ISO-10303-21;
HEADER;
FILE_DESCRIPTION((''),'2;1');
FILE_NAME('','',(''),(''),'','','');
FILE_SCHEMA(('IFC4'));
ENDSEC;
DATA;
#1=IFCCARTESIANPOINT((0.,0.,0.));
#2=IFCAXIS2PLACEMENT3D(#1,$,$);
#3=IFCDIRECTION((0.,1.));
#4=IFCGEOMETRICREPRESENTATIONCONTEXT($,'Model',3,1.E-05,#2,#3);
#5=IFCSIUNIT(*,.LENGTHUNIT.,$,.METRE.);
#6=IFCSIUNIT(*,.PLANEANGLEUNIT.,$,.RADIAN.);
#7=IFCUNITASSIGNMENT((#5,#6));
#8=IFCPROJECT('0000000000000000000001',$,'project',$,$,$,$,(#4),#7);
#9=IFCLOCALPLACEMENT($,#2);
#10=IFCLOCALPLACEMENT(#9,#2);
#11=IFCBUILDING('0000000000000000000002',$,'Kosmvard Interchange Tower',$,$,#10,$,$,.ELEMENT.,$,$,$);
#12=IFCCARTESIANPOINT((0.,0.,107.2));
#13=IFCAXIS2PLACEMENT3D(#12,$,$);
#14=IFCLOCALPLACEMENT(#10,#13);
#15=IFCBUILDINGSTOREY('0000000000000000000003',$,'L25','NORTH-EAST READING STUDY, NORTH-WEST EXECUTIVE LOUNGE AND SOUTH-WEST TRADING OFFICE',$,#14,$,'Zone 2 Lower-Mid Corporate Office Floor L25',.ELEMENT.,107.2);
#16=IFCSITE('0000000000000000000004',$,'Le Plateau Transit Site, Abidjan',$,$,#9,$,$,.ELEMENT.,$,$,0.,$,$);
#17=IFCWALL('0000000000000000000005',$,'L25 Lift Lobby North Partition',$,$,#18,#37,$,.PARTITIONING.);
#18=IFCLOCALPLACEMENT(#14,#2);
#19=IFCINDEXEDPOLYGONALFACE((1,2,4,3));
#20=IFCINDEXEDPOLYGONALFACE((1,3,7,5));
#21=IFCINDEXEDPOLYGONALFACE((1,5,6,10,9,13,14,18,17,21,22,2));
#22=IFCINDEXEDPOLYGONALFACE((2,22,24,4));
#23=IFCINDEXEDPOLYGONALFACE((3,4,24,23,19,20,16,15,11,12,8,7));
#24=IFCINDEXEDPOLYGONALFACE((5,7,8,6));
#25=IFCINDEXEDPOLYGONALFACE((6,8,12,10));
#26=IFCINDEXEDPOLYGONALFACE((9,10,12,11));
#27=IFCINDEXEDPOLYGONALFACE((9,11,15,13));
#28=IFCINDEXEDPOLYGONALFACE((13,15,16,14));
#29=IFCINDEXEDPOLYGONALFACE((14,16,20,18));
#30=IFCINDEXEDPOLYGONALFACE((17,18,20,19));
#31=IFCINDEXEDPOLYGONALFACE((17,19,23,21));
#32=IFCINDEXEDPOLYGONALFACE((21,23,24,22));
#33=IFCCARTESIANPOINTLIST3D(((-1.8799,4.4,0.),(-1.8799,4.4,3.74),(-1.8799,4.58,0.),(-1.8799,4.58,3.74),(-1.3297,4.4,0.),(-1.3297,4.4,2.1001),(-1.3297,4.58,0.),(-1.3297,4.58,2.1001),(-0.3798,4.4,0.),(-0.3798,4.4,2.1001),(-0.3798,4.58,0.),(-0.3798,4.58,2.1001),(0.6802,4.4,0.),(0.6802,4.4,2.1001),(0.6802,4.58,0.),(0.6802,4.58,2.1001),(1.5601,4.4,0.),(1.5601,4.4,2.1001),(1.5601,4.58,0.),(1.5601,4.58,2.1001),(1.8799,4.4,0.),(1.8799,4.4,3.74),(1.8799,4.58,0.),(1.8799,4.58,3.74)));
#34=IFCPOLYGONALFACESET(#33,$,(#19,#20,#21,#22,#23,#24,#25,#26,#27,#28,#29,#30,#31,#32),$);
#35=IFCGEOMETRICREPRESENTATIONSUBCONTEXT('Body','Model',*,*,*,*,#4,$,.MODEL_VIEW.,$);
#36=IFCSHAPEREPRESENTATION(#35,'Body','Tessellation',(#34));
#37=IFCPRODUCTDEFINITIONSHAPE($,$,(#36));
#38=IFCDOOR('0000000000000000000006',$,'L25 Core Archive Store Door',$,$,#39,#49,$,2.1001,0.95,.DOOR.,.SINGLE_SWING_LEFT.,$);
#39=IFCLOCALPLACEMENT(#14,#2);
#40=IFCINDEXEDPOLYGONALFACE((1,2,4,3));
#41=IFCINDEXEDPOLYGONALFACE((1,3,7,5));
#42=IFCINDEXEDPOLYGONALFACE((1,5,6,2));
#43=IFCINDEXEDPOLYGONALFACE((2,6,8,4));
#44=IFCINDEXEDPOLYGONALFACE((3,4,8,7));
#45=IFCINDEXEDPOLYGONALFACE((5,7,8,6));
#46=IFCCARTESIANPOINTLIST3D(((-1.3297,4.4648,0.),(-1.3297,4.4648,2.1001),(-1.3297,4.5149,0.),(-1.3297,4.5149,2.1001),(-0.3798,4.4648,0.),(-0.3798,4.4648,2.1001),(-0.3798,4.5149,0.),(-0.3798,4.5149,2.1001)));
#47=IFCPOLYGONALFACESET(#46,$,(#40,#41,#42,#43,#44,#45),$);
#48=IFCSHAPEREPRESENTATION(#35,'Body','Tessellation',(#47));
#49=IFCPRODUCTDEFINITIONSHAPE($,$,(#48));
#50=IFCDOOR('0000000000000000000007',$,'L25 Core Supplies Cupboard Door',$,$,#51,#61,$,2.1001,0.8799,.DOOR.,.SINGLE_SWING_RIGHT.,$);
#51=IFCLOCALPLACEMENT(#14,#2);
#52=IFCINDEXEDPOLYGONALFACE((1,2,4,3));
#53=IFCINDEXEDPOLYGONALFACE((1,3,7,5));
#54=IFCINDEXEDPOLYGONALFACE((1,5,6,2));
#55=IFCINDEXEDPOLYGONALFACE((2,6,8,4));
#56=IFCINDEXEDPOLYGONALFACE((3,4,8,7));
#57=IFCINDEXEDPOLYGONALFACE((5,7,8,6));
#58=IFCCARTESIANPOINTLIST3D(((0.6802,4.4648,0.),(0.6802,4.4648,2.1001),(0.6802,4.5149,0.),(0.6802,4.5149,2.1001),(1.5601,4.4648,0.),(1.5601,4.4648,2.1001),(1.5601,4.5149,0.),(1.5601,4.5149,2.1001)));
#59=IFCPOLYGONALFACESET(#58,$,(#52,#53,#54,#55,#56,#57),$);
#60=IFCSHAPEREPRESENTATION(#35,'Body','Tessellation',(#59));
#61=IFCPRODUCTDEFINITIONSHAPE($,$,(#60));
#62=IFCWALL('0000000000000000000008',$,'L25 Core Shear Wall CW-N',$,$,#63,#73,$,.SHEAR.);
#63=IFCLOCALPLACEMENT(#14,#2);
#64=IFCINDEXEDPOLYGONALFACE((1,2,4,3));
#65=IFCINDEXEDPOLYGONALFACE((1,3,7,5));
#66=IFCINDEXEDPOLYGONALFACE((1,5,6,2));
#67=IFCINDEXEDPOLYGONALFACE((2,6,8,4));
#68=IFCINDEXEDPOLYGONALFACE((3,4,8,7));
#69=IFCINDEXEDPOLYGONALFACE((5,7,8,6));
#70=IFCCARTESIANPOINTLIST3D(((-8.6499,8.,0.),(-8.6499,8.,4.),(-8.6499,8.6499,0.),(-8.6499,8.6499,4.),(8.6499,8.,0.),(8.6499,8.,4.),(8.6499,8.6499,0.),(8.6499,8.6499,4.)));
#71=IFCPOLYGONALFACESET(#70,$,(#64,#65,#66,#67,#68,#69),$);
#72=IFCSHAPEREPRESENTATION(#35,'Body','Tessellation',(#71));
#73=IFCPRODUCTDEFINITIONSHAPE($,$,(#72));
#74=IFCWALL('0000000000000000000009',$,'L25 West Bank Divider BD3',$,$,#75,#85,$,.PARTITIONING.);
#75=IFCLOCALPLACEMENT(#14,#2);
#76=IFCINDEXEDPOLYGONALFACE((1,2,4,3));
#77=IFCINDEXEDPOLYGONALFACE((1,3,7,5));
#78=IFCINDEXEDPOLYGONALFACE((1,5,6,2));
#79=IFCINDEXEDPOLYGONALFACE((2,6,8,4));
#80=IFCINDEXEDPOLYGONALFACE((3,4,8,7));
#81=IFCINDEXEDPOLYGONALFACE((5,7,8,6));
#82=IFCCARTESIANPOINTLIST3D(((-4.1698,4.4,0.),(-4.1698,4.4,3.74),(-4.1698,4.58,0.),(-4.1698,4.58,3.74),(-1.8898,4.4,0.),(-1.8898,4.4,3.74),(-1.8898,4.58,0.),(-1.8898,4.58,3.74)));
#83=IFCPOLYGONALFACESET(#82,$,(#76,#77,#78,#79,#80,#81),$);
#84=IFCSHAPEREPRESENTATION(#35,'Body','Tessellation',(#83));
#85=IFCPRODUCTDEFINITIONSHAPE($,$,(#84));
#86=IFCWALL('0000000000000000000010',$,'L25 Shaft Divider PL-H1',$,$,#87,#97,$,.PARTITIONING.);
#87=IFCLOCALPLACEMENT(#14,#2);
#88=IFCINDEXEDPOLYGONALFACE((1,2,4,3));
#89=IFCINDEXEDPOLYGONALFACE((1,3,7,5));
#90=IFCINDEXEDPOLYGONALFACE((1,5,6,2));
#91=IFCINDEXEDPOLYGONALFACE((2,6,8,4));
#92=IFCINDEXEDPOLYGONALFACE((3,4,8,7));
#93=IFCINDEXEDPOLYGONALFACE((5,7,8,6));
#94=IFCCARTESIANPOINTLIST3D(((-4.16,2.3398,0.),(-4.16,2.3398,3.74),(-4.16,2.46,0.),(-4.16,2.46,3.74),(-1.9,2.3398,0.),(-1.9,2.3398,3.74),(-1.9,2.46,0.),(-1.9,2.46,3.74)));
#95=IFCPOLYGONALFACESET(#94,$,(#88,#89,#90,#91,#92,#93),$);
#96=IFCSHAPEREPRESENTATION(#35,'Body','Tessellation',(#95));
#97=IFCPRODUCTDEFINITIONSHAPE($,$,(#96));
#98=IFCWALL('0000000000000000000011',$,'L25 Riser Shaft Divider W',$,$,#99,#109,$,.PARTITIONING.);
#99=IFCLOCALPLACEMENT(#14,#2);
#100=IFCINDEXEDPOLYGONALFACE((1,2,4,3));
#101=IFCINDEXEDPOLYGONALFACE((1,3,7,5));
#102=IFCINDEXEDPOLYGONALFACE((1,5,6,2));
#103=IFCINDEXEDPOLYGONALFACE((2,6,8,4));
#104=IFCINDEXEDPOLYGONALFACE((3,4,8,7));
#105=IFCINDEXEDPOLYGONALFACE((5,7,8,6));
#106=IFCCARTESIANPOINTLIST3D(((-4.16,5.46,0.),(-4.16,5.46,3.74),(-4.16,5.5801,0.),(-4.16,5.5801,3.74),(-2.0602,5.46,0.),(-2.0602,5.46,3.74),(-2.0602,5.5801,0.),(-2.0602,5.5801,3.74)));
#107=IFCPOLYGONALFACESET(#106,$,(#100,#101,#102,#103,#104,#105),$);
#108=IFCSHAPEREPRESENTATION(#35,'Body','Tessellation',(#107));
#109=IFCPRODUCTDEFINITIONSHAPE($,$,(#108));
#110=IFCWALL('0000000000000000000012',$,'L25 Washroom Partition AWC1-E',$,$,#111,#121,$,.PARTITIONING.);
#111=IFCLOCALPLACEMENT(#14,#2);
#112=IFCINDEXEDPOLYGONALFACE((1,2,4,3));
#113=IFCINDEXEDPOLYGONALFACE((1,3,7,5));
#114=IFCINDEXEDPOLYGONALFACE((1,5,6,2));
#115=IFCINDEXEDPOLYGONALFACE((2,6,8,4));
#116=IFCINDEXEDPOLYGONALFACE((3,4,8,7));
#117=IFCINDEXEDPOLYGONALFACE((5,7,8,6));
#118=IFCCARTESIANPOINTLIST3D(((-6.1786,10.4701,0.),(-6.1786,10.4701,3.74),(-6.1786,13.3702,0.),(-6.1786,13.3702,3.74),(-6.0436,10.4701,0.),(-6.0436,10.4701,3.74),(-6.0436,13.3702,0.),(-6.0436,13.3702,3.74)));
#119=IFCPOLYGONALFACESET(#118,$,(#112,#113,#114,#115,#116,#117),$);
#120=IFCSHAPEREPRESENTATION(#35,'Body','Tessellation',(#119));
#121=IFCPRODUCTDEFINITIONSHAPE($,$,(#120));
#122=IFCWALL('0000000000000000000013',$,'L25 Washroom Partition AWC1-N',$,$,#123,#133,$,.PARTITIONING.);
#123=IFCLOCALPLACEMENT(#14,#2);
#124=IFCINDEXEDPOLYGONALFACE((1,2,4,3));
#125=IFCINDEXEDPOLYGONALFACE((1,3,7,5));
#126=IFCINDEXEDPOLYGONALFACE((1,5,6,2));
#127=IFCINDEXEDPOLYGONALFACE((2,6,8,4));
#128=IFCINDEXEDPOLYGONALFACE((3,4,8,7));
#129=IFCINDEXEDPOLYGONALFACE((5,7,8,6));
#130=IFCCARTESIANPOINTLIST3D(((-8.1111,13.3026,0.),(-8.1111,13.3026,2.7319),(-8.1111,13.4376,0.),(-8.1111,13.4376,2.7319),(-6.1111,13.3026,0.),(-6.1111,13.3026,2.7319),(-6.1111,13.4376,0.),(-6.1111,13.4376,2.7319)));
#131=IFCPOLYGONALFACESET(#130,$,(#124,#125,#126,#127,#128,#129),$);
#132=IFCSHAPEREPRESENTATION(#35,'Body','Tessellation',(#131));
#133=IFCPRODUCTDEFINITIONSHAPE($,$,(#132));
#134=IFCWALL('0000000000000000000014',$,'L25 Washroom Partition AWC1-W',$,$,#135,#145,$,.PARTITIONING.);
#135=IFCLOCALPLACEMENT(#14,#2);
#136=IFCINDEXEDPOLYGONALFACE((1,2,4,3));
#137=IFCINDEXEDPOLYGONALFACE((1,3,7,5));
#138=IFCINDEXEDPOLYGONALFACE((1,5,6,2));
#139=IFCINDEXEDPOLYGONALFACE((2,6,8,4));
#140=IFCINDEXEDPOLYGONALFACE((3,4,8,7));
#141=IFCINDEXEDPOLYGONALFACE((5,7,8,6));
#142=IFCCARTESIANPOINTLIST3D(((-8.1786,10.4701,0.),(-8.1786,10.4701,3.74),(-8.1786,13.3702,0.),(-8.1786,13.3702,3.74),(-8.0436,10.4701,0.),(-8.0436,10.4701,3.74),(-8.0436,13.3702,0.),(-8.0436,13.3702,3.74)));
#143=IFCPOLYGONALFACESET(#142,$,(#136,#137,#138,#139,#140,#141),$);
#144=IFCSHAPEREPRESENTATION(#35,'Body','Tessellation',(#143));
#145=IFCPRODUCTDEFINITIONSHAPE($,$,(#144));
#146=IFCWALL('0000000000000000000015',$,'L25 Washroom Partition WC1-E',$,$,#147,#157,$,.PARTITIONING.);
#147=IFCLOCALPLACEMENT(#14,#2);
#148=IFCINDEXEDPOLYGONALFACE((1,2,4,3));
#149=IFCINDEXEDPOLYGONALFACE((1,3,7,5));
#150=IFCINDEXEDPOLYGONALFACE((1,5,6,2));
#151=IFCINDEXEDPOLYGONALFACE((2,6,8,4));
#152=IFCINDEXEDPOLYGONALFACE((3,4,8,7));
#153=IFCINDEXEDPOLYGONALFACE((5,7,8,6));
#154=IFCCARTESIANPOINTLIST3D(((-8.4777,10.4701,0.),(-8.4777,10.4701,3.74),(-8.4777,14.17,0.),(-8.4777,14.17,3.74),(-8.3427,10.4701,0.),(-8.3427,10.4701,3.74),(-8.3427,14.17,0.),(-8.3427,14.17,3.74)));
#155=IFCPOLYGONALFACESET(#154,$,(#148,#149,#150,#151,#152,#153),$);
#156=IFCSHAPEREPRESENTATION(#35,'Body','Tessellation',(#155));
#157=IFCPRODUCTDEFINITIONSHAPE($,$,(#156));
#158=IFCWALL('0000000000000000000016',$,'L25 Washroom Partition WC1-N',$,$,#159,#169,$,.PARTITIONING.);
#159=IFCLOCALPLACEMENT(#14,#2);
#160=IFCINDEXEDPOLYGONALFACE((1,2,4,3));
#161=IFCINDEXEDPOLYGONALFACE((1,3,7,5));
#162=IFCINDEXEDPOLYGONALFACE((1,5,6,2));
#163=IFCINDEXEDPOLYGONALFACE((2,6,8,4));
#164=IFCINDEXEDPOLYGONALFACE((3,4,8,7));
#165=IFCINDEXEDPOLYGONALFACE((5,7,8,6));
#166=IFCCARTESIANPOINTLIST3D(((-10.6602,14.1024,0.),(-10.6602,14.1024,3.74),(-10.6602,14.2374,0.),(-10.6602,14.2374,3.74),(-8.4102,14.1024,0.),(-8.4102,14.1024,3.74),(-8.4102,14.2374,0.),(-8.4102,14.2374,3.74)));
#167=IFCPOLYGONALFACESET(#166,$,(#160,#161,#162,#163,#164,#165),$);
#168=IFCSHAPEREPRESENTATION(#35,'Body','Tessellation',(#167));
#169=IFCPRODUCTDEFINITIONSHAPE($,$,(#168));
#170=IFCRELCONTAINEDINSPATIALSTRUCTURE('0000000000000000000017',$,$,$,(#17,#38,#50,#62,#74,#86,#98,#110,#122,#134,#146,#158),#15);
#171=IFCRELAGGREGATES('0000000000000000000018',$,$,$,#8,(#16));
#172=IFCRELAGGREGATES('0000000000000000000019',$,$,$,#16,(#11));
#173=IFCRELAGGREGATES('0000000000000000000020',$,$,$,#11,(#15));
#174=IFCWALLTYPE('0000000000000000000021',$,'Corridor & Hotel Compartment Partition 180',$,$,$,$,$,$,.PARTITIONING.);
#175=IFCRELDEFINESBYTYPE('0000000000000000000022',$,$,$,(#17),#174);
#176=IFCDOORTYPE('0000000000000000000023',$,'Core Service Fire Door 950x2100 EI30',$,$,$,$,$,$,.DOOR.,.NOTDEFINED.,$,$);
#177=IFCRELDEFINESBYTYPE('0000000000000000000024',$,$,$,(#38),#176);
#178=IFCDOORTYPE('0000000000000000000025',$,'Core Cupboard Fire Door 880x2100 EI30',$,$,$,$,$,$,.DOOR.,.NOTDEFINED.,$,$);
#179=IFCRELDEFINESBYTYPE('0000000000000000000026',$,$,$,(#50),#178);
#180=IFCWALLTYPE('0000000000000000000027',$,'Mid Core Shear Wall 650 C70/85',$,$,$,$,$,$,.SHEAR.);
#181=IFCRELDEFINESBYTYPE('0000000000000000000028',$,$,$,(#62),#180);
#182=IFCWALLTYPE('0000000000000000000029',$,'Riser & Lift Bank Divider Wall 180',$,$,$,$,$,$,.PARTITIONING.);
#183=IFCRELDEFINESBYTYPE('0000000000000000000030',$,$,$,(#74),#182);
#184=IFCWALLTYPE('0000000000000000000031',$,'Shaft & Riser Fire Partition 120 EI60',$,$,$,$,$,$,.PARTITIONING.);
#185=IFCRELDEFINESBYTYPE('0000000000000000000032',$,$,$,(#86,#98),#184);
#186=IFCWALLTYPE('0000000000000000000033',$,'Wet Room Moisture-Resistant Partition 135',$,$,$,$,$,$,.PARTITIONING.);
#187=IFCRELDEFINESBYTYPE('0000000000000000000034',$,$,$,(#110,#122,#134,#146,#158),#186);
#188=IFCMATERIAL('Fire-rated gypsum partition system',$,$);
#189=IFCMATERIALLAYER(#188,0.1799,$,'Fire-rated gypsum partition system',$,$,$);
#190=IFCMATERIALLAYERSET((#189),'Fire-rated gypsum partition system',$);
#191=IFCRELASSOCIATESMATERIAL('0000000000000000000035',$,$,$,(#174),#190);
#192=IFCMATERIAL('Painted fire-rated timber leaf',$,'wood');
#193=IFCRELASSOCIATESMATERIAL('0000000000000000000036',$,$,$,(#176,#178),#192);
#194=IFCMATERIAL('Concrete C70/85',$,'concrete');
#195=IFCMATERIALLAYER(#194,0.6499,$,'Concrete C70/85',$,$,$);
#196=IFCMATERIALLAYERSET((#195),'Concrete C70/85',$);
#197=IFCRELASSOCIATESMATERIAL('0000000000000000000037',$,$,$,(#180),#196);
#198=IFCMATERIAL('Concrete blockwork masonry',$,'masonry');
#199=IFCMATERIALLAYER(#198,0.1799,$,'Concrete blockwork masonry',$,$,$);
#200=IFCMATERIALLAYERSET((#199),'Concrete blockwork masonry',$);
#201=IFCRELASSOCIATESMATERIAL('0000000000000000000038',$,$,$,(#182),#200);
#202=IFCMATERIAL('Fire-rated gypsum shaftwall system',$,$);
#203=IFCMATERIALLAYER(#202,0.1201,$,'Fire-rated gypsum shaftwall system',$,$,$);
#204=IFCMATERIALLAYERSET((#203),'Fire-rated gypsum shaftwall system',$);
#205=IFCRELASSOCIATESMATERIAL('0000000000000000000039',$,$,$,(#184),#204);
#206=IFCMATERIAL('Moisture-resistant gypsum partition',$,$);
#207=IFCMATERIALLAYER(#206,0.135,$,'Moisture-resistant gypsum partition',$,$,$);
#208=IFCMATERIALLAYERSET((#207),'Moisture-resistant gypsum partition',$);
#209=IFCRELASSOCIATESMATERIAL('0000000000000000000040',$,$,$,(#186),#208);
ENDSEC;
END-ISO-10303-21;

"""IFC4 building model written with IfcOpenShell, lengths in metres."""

from ifc_helpers import new_model, si_unit, direction, frame, frame_2d, origin, place, context, subcontext, project, spatial, rectangle, extrude, source, transform, mapped, material, layer, layer_set, type_object, element, fill, save


model = new_model("IFC4")

# Units and contexts
model_context = context("Model", 3, precision=1e-05, world=origin(), true_north=direction((0.0, 1.0)))
body_context = subcontext(model_context, "Body", "Model", "MODEL_VIEW")
ifc_project = project(units=[si_unit("LENGTHUNIT", "METRE"), si_unit("PLANEANGLEUNIT", "RADIAN")], contexts=[model_context])

# Site, building, storey
site_placement = place(None, origin())
site = spatial("IfcSite", under=ifc_project, at=site_placement, Name="Le Plateau Transit Site, Abidjan", CompositionType="ELEMENT", RefElevation=0.0)
building_placement = place(site_placement, origin())
building = spatial("IfcBuilding", under=site, at=building_placement, Name="Kosmvard Interchange Tower", CompositionType="ELEMENT")
storey_placement = place(building_placement, frame((0.0, 0.0, 107.2)))
storey = spatial("IfcBuildingStorey", under=building, at=storey_placement, Name="L25", Description="NORTH-EAST READING STUDY, NORTH-WEST EXECUTIVE LOUNGE AND SOUTH-WEST TRADING OFFICE", LongName="Zone 2 Lower-Mid Corporate Office Floor L25", CompositionType="ELEMENT", Elevation=107.2)

# Shared definitions
ifc_material_1 = material(Name="Fire-rated gypsum partition system")

# Wall, openings, doors
ifc_layer_1 = layer(ifc_material_1, 0.1799, Name="Fire-rated gypsum partition system")
ifc_layer_set_1 = layer_set([ifc_layer_1], Name="Fire-rated gypsum partition system")
wall_type_1 = type_object("IfcWallType", Name="Corridor & Hotel Compartment Partition 180", PredefinedType="PARTITIONING", material=ifc_layer_set_1)
wall_1_placement = place(storey_placement, frame((-1.8799, 4.49, 0.0), z_axis=(0.0, 0.0, 1.0), x_axis=(1.0, 0.0, 0.0)))
wall_1 = element("IfcWall", 1, at=wall_1_placement, inside=storey, type_object=wall_type_1, Name="L25 Lift Lobby North Partition", PredefinedType="PARTITIONING", context=body_context, shape_type="SweptSolid", body=[
    extrude(rectangle(XDim=3.7598, YDim=0.1799, at=frame_2d((1.8799, 0.0))), origin(), (0.0, 0.0, 1.0), 3.74),
])
opening_1_placement = place(wall_1_placement, frame((0.55, 0.0, 0.0)))
opening_1 = element("IfcOpeningElement", 2, at=opening_1_placement, cuts=wall_1, PredefinedType="OPENING", context=body_context, shape_type="SweptSolid", body=[
    extrude(rectangle(XDim=0.95, YDim=2.1001, at=frame_2d((0.4751, 1.05))), frame((0.0, 0.1001, 0.0), z_axis=(0.0, -1.0, 0.0), x_axis=(1.0, 0.0, 0.0)), (0.0, 0.0, 1.0), 0.2),
])
opening_2_placement = place(wall_1_placement, frame((2.5601, 0.0, 0.0)))
opening_2 = element("IfcOpeningElement", 3, at=opening_2_placement, cuts=wall_1, PredefinedType="OPENING", context=body_context, shape_type="SweptSolid", body=[
    extrude(rectangle(XDim=0.8799, YDim=2.1001, at=frame_2d((0.4399, 1.05))), frame((0.0, 0.1001, 0.0), z_axis=(0.0, -1.0, 0.0), x_axis=(1.0, 0.0, 0.0)), (0.0, 0.0, 1.0), 0.2),
])
ifc_material_2 = material(Name="Painted fire-rated timber leaf", Category="wood")
door_type_1 = type_object("IfcDoorType", Name="Core Service Fire Door 950x2100 EI30", OperationType="NOTDEFINED", PredefinedType="DOOR", material=ifc_material_2)
shared_shape_1 = source(origin(), body_context, "Body", "SweptSolid", [
    extrude(rectangle(XDim=0.95, YDim=2.1001, at=frame_2d((0.4751, 1.05))), frame((0.0, 0.0249, 0.0), z_axis=(0.0, -1.0, 0.0), x_axis=(1.0, 0.0, 0.0)), (0.0, 0.0, 1.0), 0.05),
])
door_1_placement = place(opening_1_placement, origin())
door_1 = element("IfcDoor", 4, at=door_1_placement, inside=storey, type_object=door_type_1, Name="L25 Core Archive Store Door", OperationType="SINGLE_SWING_LEFT", OverallHeight=2.1001, OverallWidth=0.95, PredefinedType="DOOR", context=body_context, shape_type="MappedRepresentation", body=[
    mapped(shared_shape_1, transform((0.0, 0.0, 0.0), scale=1.0)),
])
fill(opening_1, door_1)
door_type_2 = type_object("IfcDoorType", Name="Core Cupboard Fire Door 880x2100 EI30", OperationType="NOTDEFINED", PredefinedType="DOOR", material=ifc_material_2)
shared_shape_2 = source(origin(), body_context, "Body", "SweptSolid", [
    extrude(rectangle(XDim=0.8799, YDim=2.1001, at=frame_2d((0.4399, 1.05))), frame((0.0, 0.0249, 0.0), z_axis=(0.0, -1.0, 0.0), x_axis=(1.0, 0.0, 0.0)), (0.0, 0.0, 1.0), 0.05),
])
door_2_placement = place(opening_2_placement, origin())
door_2 = element("IfcDoor", 5, at=door_2_placement, inside=storey, type_object=door_type_2, Name="L25 Core Supplies Cupboard Door", OperationType="SINGLE_SWING_RIGHT", OverallHeight=2.1001, OverallWidth=0.8799, PredefinedType="DOOR", context=body_context, shape_type="MappedRepresentation", body=[
    mapped(shared_shape_2, transform((0.0, 0.0, 0.0), scale=1.0)),
])
fill(opening_2, door_2)

# Walls
ifc_material_3 = material(Name="Concrete C70/85", Category="concrete")
ifc_layer_2 = layer(ifc_material_3, 0.6499, Name="Concrete C70/85")
ifc_layer_set_2 = layer_set([ifc_layer_2], Name="Concrete C70/85")
wall_type_2 = type_object("IfcWallType", Name="Mid Core Shear Wall 650 C70/85", PredefinedType="SHEAR", material=ifc_layer_set_2)
wall_2_placement = place(storey_placement, frame((-8.6499, 8.325, 0.0), z_axis=(0.0, 0.0, 1.0), x_axis=(1.0, 0.0, 0.0)))
element("IfcWall", 6, at=wall_2_placement, inside=storey, type_object=wall_type_2, Name="L25 Core Shear Wall CW-N", PredefinedType="SHEAR", context=body_context, shape_type="SweptSolid", body=[
    extrude(rectangle(XDim=17.2998, YDim=0.6499, at=frame_2d((8.6499, 0.0))), origin(), (0.0, 0.0, 1.0), 4.0),
])
ifc_material_4 = material(Name="Concrete blockwork masonry", Category="masonry")
ifc_layer_3 = layer(ifc_material_4, 0.1799, Name="Concrete blockwork masonry")
ifc_layer_set_3 = layer_set([ifc_layer_3], Name="Concrete blockwork masonry")
wall_type_3 = type_object("IfcWallType", Name="Riser & Lift Bank Divider Wall 180", PredefinedType="PARTITIONING", material=ifc_layer_set_3)
wall_3_placement = place(storey_placement, frame((-4.1699, 4.49, 0.0), z_axis=(0.0, 0.0, 1.0), x_axis=(1.0, 0.0, 0.0)))
element("IfcWall", 7, at=wall_3_placement, inside=storey, type_object=wall_type_3, Name="L25 West Bank Divider BD3", PredefinedType="PARTITIONING", context=body_context, shape_type="SweptSolid", body=[
    extrude(rectangle(XDim=2.28, YDim=0.1799, at=frame_2d((1.1401, 0.0))), origin(), (0.0, 0.0, 1.0), 3.74),
])
ifc_material_5 = material(Name="Fire-rated gypsum shaftwall system")
ifc_layer_4 = layer(ifc_material_5, 0.1201, Name="Fire-rated gypsum shaftwall system")
ifc_layer_set_4 = layer_set([ifc_layer_4], Name="Fire-rated gypsum shaftwall system")
wall_type_4 = type_object("IfcWallType", Name="Shaft & Riser Fire Partition 120 EI60", PredefinedType="PARTITIONING", material=ifc_layer_set_4)
wall_4_placement = place(storey_placement, frame((-4.1599, 2.3999, 0.0), z_axis=(0.0, 0.0, 1.0), x_axis=(1.0, 0.0, 0.0)))
element("IfcWall", 8, at=wall_4_placement, inside=storey, type_object=wall_type_4, Name="L25 Shaft Divider PL-H1", PredefinedType="PARTITIONING", context=body_context, shape_type="SweptSolid", body=[
    extrude(rectangle(XDim=2.26, YDim=0.1201, at=frame_2d((1.1299, 0.0))), origin(), (0.0, 0.0, 1.0), 3.74),
])
wall_5_placement = place(storey_placement, frame((-4.1599, 5.52, 0.0), z_axis=(0.0, 0.0, 1.0), x_axis=(1.0, 0.0, 0.0)))
element("IfcWall", 9, at=wall_5_placement, inside=storey, type_object=wall_type_4, Name="L25 Riser Shaft Divider W", PredefinedType="PARTITIONING", context=body_context, shape_type="SweptSolid", body=[
    extrude(rectangle(XDim=2.0999, YDim=0.1201, at=frame_2d((1.0498, 0.0))), origin(), (0.0, 0.0, 1.0), 3.74),
])
ifc_material_6 = material(Name="Moisture-resistant gypsum partition")
ifc_layer_5 = layer(ifc_material_6, 0.135, Name="Moisture-resistant gypsum partition")
ifc_layer_set_5 = layer_set([ifc_layer_5], Name="Moisture-resistant gypsum partition")
wall_type_5 = type_object("IfcWallType", Name="Wet Room Moisture-Resistant Partition 135", PredefinedType="PARTITIONING", material=ifc_layer_set_5)
wall_6_placement = place(storey_placement, frame((-6.1111, 10.47, 0.0), z_axis=(0.0, 0.0, 1.0), x_axis=(0.0, 1.0, 0.0)))
element("IfcWall", 10, at=wall_6_placement, inside=storey, type_object=wall_type_5, Name="L25 Washroom Partition AWC1-E", PredefinedType="PARTITIONING", context=body_context, shape_type="SweptSolid", body=[
    extrude(rectangle(XDim=2.9001, YDim=0.135, at=frame_2d((1.4502, 0.0))), origin(), (0.0, 0.0, 1.0), 3.74),
])
wall_7_placement = place(storey_placement, frame((-8.1111, 13.3701, 0.0), z_axis=(0.0, 0.0, 1.0), x_axis=(1.0, 0.0, 0.0)))
element("IfcWall", 11, at=wall_7_placement, inside=storey, type_object=wall_type_5, Name="L25 Washroom Partition AWC1-N", PredefinedType="PARTITIONING", context=body_context, shape_type="SweptSolid", body=[
    extrude(rectangle(XDim=2.0, YDim=0.135, at=frame_2d((1.0, 0.0))), origin(), (0.0, 0.0, 1.0), 2.7319),
])
wall_8_placement = place(storey_placement, frame((-8.1111, 10.47, 0.0), z_axis=(0.0, 0.0, 1.0), x_axis=(0.0, 1.0, 0.0)))
element("IfcWall", 12, at=wall_8_placement, inside=storey, type_object=wall_type_5, Name="L25 Washroom Partition AWC1-W", PredefinedType="PARTITIONING", context=body_context, shape_type="SweptSolid", body=[
    extrude(rectangle(XDim=2.9001, YDim=0.135, at=frame_2d((1.4502, 0.0))), origin(), (0.0, 0.0, 1.0), 3.74),
])
wall_9_placement = place(storey_placement, frame((-8.4102, 10.47, 0.0), z_axis=(0.0, 0.0, 1.0), x_axis=(0.0, 1.0, 0.0)))
element("IfcWall", 13, at=wall_9_placement, inside=storey, type_object=wall_type_5, Name="L25 Washroom Partition WC1-E", PredefinedType="PARTITIONING", context=body_context, shape_type="SweptSolid", body=[
    extrude(rectangle(XDim=3.7, YDim=0.135, at=frame_2d((1.8501, 0.0))), origin(), (0.0, 0.0, 1.0), 3.74),
])
wall_10_placement = place(storey_placement, frame((-10.6602, 14.1699, 0.0), z_axis=(0.0, 0.0, 1.0), x_axis=(1.0, 0.0, 0.0)))
element("IfcWall", 14, at=wall_10_placement, inside=storey, type_object=wall_type_5, Name="L25 Washroom Partition WC1-N", PredefinedType="PARTITIONING", context=body_context, shape_type="SweptSolid", body=[
    extrude(rectangle(XDim=2.25, YDim=0.135, at=frame_2d((1.125, 0.0))), origin(), (0.0, 0.0, 1.0), 3.74),
])

save(model, "model.ifc")
